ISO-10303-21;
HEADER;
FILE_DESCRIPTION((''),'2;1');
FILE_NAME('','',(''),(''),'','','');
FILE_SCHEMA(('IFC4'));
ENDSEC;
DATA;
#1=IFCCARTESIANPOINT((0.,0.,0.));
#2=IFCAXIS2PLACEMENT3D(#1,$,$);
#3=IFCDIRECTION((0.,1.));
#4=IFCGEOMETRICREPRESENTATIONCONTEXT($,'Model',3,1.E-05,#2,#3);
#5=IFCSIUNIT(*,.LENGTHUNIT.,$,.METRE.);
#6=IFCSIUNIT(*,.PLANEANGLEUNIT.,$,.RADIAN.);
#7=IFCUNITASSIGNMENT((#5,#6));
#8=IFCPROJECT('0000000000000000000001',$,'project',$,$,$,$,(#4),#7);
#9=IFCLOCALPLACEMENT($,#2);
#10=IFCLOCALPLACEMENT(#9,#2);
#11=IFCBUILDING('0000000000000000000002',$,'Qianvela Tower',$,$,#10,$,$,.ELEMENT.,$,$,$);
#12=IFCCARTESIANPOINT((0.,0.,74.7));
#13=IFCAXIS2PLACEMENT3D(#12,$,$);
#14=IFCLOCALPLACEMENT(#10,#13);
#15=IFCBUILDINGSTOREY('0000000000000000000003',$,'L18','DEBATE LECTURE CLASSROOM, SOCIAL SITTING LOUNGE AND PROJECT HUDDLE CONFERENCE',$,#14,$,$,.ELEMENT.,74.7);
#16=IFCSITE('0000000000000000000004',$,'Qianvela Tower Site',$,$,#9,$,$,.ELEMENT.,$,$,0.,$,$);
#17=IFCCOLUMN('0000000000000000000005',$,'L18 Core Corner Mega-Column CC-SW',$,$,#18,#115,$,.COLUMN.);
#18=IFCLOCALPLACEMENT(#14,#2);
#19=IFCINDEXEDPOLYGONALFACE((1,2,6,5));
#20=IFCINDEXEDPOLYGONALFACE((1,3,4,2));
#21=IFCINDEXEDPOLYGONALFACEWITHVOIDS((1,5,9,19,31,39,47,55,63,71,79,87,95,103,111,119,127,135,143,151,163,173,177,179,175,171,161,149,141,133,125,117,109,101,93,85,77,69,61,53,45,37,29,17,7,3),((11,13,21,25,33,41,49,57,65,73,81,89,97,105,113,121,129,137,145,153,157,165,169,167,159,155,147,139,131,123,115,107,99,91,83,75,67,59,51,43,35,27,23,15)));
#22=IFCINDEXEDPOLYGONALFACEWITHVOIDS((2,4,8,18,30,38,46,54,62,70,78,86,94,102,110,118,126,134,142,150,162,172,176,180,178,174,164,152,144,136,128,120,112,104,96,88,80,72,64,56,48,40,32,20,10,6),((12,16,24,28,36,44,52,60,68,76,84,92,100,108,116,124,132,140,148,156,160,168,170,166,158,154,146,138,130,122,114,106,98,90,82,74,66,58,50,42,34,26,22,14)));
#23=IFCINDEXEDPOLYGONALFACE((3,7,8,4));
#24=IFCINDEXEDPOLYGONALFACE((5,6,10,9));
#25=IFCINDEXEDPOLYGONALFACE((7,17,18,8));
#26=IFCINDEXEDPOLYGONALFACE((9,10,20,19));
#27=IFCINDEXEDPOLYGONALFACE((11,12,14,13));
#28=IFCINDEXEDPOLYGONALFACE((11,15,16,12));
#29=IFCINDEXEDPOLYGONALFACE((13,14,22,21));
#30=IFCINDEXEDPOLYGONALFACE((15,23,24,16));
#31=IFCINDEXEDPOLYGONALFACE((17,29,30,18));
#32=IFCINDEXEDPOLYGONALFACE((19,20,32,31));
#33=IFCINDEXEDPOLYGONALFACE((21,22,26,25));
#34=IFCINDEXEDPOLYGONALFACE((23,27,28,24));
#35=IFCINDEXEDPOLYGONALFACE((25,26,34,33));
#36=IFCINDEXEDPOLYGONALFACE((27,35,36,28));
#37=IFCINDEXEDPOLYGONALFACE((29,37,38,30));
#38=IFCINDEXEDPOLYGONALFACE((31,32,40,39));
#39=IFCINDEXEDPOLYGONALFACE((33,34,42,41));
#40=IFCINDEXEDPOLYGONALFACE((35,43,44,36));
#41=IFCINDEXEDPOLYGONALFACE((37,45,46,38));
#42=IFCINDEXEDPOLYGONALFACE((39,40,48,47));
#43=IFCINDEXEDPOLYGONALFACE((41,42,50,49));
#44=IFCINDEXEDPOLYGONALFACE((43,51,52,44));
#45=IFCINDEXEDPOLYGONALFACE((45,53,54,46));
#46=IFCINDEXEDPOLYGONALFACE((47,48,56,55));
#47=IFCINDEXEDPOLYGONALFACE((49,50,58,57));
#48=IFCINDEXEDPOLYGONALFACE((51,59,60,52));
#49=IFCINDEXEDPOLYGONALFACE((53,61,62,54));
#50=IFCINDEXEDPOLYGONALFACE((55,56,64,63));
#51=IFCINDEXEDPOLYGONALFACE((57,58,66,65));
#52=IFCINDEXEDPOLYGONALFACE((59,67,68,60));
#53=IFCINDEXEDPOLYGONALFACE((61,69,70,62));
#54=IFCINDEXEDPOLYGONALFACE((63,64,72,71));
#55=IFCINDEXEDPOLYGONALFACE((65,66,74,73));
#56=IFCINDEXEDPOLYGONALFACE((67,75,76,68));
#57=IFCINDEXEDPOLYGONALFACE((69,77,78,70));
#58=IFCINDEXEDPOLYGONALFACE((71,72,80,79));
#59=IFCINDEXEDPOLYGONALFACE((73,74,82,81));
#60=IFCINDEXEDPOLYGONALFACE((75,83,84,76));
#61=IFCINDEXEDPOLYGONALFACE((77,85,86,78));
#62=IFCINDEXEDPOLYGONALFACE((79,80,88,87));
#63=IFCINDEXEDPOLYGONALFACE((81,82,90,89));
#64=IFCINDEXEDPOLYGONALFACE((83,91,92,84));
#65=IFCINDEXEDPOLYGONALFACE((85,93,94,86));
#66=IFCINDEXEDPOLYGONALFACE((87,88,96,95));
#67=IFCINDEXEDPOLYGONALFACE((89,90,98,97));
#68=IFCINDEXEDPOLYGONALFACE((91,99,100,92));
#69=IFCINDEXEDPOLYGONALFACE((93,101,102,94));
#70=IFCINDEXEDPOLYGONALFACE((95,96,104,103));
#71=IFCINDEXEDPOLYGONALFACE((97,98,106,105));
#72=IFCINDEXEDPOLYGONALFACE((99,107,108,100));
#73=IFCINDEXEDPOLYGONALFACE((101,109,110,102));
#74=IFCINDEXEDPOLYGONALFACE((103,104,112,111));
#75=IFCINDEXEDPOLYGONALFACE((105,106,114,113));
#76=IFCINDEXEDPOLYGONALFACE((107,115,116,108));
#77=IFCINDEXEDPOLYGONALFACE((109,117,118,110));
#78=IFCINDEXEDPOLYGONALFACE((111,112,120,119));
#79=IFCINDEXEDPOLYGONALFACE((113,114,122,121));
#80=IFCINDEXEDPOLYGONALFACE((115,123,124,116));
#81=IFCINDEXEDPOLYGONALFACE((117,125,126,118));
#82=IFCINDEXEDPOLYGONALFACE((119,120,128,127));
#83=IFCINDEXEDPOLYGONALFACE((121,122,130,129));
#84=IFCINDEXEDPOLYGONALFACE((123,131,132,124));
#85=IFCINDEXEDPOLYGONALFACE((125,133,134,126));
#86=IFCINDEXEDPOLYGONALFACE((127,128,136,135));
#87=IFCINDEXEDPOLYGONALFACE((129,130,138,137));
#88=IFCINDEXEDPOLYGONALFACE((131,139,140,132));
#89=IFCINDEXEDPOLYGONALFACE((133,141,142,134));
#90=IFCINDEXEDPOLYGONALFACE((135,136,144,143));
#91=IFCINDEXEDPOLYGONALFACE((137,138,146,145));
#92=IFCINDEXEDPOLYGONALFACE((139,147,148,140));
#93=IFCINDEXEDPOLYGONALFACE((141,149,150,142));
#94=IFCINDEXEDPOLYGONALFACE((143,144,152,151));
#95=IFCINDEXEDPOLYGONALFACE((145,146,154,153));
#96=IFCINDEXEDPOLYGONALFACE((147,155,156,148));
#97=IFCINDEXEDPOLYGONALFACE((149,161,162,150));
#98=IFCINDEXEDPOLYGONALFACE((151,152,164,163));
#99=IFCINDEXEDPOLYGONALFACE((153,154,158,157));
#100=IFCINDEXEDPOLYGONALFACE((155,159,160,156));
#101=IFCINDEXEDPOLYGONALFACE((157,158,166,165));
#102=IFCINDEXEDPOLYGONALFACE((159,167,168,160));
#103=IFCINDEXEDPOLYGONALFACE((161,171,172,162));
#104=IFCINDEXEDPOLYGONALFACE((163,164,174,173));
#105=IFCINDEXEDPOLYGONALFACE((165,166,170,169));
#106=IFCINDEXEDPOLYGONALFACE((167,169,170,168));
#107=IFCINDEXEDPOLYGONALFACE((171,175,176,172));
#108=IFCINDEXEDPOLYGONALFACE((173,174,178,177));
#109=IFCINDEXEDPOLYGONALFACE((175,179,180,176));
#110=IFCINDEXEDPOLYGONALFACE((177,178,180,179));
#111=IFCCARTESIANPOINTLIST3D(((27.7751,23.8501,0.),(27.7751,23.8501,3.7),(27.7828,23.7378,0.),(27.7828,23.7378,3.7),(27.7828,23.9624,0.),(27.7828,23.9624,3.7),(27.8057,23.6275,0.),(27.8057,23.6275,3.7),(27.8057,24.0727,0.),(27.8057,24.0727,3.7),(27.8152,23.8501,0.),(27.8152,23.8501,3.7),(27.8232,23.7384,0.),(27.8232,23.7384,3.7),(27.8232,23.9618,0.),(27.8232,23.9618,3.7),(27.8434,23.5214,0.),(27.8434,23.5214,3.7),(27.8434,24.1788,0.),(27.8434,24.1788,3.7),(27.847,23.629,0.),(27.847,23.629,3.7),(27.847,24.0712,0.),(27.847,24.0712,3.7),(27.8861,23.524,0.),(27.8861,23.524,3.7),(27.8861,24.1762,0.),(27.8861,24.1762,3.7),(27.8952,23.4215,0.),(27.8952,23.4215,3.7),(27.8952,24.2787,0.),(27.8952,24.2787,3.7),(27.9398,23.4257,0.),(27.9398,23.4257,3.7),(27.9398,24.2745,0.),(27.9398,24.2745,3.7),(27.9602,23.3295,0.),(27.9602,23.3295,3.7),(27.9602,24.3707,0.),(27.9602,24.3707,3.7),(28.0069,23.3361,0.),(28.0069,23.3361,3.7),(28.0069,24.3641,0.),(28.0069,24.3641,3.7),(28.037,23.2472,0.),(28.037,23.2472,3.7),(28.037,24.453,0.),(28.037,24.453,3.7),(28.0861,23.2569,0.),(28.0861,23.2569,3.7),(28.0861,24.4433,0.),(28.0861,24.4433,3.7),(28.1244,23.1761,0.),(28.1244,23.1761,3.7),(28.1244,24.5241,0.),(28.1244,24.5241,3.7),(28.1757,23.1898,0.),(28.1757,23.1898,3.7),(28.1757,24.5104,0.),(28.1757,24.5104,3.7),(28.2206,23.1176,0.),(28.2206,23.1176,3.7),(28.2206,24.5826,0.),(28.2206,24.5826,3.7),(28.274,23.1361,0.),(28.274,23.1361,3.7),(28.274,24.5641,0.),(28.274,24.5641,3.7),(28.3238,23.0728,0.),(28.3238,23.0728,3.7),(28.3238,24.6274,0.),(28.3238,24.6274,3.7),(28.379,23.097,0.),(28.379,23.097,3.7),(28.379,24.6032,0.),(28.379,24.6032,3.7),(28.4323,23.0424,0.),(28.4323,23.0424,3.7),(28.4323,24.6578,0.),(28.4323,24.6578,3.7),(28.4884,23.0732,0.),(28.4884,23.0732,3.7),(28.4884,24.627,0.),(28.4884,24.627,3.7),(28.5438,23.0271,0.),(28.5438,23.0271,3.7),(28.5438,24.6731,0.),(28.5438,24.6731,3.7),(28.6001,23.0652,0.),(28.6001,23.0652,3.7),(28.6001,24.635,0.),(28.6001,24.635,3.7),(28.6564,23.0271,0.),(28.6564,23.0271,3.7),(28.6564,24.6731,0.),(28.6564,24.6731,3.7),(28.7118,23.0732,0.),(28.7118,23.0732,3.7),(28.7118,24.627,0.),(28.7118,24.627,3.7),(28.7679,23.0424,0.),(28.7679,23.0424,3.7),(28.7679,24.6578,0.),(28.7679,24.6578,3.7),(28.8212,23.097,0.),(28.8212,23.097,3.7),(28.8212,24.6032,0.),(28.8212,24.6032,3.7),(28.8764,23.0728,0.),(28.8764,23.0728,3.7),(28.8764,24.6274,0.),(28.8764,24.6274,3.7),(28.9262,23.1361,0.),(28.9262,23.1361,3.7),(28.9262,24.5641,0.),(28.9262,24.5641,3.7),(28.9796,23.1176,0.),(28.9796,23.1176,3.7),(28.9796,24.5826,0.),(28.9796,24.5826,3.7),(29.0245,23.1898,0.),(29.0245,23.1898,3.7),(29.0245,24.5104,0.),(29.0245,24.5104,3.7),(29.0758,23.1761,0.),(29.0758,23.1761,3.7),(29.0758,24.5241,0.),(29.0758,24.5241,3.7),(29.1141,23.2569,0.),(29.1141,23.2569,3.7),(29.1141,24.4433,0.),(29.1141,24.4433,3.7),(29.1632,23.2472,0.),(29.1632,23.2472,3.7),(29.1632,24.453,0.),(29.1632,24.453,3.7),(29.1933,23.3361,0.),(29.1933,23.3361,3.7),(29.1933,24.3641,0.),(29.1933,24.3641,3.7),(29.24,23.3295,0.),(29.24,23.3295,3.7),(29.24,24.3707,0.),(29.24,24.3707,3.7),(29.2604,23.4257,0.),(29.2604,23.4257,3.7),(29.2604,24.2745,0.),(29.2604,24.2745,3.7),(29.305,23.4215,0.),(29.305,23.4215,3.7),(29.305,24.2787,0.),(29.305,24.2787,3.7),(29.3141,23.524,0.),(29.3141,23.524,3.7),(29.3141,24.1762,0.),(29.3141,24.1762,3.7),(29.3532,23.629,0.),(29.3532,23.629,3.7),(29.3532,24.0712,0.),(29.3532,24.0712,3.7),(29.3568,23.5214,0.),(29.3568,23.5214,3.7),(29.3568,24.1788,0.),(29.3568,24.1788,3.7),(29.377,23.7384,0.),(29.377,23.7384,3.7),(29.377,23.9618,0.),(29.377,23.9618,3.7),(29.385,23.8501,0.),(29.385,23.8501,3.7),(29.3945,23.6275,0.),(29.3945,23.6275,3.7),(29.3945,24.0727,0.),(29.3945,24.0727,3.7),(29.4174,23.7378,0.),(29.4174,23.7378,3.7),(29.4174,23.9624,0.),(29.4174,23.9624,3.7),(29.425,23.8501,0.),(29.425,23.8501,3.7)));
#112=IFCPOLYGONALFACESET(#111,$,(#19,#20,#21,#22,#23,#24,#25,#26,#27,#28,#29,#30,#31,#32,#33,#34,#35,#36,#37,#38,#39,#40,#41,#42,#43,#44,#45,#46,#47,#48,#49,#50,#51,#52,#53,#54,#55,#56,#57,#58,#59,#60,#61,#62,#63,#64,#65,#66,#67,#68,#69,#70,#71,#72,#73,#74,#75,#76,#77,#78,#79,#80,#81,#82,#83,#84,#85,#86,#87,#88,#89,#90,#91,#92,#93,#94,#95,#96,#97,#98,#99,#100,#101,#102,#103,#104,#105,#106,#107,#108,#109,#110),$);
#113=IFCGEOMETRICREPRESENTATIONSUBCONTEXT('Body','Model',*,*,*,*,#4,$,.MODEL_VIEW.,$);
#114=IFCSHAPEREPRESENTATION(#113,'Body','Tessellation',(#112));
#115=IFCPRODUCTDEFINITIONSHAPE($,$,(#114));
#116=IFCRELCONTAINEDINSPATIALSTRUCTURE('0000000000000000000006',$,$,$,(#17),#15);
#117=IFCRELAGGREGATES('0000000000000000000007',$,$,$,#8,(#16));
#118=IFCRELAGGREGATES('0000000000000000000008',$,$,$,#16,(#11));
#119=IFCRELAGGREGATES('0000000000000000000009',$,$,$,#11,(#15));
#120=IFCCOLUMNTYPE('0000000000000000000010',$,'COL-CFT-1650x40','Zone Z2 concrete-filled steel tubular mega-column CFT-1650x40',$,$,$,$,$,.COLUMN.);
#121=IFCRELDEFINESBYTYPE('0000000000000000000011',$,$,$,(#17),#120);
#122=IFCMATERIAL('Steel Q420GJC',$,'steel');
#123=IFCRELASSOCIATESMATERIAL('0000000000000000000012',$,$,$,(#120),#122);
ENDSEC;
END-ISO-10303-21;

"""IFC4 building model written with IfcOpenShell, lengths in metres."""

from ifc_helpers import new_model, si_unit, direction, frame, origin, origin_2d, place, context, subcontext, project, spatial, hollow_circle, extrude, material, material_profile, profile_set, type_object, element, save


model = new_model("IFC4")

# Units and contexts
model_context = context("Model", 3, precision=1e-05, world=origin(), true_north=direction((0.0, 1.0)))
body_context = subcontext(model_context, "Body", "Model", "MODEL_VIEW")
ifc_project = project(units=[si_unit("LENGTHUNIT", "METRE"), si_unit("PLANEANGLEUNIT", "RADIAN")], contexts=[model_context])

# Site, building, storey
site_placement = place(None, origin())
site = spatial("IfcSite", under=ifc_project, at=site_placement, Name="Qianvela Tower Site", CompositionType="ELEMENT", RefElevation=0.0)
building_placement = place(site_placement, origin())
building = spatial("IfcBuilding", under=site, at=building_placement, Name="Qianvela Tower", CompositionType="ELEMENT")
storey_placement = place(building_placement, frame((0.0, 0.0, 74.7)))
storey = spatial("IfcBuildingStorey", under=building, at=storey_placement, Name="L18", Description="DEBATE LECTURE CLASSROOM, SOCIAL SITTING LOUNGE AND PROJECT HUDDLE CONFERENCE", CompositionType="ELEMENT", Elevation=74.7)

# Column
ifc_material_1 = material(Name="Steel Q420GJC", Category="steel")
ifc_material_profile_1 = material_profile(ifc_material_1, hollow_circle(Radius=0.825, WallThickness=0.04, at=origin_2d()), Name="CFT-1650x40")
ifc_profile_set_1 = profile_set([ifc_material_profile_1], Name="Steel Q420GJC")
column_type = type_object("IfcColumnType", Name="COL-CFT-1650x40", Description="Zone Z2 concrete-filled steel tubular mega-column CFT-1650x40", PredefinedType="COLUMN", material=ifc_profile_set_1)
for number, where, z_axis, x_axis, name in (
    (1, (28.6001, 23.8501, 0.0), (0.0, 0.0, 1.0), (1.0, 0.0, 0.0), "L18 Core Corner Mega-Column CC-SW"),
):
    element("IfcColumn", number, at=place(storey_placement, frame(where, z_axis=z_axis, x_axis=x_axis)), inside=storey, type_object=column_type, Name=name, PredefinedType="COLUMN", context=body_context, shape_type="SweptSolid", body=[
        extrude(hollow_circle(Radius=0.825, WallThickness=0.04, at=origin_2d()), origin(), (0.0, 0.0, 1.0), 3.7),
    ])

save(model, "model.ifc")
